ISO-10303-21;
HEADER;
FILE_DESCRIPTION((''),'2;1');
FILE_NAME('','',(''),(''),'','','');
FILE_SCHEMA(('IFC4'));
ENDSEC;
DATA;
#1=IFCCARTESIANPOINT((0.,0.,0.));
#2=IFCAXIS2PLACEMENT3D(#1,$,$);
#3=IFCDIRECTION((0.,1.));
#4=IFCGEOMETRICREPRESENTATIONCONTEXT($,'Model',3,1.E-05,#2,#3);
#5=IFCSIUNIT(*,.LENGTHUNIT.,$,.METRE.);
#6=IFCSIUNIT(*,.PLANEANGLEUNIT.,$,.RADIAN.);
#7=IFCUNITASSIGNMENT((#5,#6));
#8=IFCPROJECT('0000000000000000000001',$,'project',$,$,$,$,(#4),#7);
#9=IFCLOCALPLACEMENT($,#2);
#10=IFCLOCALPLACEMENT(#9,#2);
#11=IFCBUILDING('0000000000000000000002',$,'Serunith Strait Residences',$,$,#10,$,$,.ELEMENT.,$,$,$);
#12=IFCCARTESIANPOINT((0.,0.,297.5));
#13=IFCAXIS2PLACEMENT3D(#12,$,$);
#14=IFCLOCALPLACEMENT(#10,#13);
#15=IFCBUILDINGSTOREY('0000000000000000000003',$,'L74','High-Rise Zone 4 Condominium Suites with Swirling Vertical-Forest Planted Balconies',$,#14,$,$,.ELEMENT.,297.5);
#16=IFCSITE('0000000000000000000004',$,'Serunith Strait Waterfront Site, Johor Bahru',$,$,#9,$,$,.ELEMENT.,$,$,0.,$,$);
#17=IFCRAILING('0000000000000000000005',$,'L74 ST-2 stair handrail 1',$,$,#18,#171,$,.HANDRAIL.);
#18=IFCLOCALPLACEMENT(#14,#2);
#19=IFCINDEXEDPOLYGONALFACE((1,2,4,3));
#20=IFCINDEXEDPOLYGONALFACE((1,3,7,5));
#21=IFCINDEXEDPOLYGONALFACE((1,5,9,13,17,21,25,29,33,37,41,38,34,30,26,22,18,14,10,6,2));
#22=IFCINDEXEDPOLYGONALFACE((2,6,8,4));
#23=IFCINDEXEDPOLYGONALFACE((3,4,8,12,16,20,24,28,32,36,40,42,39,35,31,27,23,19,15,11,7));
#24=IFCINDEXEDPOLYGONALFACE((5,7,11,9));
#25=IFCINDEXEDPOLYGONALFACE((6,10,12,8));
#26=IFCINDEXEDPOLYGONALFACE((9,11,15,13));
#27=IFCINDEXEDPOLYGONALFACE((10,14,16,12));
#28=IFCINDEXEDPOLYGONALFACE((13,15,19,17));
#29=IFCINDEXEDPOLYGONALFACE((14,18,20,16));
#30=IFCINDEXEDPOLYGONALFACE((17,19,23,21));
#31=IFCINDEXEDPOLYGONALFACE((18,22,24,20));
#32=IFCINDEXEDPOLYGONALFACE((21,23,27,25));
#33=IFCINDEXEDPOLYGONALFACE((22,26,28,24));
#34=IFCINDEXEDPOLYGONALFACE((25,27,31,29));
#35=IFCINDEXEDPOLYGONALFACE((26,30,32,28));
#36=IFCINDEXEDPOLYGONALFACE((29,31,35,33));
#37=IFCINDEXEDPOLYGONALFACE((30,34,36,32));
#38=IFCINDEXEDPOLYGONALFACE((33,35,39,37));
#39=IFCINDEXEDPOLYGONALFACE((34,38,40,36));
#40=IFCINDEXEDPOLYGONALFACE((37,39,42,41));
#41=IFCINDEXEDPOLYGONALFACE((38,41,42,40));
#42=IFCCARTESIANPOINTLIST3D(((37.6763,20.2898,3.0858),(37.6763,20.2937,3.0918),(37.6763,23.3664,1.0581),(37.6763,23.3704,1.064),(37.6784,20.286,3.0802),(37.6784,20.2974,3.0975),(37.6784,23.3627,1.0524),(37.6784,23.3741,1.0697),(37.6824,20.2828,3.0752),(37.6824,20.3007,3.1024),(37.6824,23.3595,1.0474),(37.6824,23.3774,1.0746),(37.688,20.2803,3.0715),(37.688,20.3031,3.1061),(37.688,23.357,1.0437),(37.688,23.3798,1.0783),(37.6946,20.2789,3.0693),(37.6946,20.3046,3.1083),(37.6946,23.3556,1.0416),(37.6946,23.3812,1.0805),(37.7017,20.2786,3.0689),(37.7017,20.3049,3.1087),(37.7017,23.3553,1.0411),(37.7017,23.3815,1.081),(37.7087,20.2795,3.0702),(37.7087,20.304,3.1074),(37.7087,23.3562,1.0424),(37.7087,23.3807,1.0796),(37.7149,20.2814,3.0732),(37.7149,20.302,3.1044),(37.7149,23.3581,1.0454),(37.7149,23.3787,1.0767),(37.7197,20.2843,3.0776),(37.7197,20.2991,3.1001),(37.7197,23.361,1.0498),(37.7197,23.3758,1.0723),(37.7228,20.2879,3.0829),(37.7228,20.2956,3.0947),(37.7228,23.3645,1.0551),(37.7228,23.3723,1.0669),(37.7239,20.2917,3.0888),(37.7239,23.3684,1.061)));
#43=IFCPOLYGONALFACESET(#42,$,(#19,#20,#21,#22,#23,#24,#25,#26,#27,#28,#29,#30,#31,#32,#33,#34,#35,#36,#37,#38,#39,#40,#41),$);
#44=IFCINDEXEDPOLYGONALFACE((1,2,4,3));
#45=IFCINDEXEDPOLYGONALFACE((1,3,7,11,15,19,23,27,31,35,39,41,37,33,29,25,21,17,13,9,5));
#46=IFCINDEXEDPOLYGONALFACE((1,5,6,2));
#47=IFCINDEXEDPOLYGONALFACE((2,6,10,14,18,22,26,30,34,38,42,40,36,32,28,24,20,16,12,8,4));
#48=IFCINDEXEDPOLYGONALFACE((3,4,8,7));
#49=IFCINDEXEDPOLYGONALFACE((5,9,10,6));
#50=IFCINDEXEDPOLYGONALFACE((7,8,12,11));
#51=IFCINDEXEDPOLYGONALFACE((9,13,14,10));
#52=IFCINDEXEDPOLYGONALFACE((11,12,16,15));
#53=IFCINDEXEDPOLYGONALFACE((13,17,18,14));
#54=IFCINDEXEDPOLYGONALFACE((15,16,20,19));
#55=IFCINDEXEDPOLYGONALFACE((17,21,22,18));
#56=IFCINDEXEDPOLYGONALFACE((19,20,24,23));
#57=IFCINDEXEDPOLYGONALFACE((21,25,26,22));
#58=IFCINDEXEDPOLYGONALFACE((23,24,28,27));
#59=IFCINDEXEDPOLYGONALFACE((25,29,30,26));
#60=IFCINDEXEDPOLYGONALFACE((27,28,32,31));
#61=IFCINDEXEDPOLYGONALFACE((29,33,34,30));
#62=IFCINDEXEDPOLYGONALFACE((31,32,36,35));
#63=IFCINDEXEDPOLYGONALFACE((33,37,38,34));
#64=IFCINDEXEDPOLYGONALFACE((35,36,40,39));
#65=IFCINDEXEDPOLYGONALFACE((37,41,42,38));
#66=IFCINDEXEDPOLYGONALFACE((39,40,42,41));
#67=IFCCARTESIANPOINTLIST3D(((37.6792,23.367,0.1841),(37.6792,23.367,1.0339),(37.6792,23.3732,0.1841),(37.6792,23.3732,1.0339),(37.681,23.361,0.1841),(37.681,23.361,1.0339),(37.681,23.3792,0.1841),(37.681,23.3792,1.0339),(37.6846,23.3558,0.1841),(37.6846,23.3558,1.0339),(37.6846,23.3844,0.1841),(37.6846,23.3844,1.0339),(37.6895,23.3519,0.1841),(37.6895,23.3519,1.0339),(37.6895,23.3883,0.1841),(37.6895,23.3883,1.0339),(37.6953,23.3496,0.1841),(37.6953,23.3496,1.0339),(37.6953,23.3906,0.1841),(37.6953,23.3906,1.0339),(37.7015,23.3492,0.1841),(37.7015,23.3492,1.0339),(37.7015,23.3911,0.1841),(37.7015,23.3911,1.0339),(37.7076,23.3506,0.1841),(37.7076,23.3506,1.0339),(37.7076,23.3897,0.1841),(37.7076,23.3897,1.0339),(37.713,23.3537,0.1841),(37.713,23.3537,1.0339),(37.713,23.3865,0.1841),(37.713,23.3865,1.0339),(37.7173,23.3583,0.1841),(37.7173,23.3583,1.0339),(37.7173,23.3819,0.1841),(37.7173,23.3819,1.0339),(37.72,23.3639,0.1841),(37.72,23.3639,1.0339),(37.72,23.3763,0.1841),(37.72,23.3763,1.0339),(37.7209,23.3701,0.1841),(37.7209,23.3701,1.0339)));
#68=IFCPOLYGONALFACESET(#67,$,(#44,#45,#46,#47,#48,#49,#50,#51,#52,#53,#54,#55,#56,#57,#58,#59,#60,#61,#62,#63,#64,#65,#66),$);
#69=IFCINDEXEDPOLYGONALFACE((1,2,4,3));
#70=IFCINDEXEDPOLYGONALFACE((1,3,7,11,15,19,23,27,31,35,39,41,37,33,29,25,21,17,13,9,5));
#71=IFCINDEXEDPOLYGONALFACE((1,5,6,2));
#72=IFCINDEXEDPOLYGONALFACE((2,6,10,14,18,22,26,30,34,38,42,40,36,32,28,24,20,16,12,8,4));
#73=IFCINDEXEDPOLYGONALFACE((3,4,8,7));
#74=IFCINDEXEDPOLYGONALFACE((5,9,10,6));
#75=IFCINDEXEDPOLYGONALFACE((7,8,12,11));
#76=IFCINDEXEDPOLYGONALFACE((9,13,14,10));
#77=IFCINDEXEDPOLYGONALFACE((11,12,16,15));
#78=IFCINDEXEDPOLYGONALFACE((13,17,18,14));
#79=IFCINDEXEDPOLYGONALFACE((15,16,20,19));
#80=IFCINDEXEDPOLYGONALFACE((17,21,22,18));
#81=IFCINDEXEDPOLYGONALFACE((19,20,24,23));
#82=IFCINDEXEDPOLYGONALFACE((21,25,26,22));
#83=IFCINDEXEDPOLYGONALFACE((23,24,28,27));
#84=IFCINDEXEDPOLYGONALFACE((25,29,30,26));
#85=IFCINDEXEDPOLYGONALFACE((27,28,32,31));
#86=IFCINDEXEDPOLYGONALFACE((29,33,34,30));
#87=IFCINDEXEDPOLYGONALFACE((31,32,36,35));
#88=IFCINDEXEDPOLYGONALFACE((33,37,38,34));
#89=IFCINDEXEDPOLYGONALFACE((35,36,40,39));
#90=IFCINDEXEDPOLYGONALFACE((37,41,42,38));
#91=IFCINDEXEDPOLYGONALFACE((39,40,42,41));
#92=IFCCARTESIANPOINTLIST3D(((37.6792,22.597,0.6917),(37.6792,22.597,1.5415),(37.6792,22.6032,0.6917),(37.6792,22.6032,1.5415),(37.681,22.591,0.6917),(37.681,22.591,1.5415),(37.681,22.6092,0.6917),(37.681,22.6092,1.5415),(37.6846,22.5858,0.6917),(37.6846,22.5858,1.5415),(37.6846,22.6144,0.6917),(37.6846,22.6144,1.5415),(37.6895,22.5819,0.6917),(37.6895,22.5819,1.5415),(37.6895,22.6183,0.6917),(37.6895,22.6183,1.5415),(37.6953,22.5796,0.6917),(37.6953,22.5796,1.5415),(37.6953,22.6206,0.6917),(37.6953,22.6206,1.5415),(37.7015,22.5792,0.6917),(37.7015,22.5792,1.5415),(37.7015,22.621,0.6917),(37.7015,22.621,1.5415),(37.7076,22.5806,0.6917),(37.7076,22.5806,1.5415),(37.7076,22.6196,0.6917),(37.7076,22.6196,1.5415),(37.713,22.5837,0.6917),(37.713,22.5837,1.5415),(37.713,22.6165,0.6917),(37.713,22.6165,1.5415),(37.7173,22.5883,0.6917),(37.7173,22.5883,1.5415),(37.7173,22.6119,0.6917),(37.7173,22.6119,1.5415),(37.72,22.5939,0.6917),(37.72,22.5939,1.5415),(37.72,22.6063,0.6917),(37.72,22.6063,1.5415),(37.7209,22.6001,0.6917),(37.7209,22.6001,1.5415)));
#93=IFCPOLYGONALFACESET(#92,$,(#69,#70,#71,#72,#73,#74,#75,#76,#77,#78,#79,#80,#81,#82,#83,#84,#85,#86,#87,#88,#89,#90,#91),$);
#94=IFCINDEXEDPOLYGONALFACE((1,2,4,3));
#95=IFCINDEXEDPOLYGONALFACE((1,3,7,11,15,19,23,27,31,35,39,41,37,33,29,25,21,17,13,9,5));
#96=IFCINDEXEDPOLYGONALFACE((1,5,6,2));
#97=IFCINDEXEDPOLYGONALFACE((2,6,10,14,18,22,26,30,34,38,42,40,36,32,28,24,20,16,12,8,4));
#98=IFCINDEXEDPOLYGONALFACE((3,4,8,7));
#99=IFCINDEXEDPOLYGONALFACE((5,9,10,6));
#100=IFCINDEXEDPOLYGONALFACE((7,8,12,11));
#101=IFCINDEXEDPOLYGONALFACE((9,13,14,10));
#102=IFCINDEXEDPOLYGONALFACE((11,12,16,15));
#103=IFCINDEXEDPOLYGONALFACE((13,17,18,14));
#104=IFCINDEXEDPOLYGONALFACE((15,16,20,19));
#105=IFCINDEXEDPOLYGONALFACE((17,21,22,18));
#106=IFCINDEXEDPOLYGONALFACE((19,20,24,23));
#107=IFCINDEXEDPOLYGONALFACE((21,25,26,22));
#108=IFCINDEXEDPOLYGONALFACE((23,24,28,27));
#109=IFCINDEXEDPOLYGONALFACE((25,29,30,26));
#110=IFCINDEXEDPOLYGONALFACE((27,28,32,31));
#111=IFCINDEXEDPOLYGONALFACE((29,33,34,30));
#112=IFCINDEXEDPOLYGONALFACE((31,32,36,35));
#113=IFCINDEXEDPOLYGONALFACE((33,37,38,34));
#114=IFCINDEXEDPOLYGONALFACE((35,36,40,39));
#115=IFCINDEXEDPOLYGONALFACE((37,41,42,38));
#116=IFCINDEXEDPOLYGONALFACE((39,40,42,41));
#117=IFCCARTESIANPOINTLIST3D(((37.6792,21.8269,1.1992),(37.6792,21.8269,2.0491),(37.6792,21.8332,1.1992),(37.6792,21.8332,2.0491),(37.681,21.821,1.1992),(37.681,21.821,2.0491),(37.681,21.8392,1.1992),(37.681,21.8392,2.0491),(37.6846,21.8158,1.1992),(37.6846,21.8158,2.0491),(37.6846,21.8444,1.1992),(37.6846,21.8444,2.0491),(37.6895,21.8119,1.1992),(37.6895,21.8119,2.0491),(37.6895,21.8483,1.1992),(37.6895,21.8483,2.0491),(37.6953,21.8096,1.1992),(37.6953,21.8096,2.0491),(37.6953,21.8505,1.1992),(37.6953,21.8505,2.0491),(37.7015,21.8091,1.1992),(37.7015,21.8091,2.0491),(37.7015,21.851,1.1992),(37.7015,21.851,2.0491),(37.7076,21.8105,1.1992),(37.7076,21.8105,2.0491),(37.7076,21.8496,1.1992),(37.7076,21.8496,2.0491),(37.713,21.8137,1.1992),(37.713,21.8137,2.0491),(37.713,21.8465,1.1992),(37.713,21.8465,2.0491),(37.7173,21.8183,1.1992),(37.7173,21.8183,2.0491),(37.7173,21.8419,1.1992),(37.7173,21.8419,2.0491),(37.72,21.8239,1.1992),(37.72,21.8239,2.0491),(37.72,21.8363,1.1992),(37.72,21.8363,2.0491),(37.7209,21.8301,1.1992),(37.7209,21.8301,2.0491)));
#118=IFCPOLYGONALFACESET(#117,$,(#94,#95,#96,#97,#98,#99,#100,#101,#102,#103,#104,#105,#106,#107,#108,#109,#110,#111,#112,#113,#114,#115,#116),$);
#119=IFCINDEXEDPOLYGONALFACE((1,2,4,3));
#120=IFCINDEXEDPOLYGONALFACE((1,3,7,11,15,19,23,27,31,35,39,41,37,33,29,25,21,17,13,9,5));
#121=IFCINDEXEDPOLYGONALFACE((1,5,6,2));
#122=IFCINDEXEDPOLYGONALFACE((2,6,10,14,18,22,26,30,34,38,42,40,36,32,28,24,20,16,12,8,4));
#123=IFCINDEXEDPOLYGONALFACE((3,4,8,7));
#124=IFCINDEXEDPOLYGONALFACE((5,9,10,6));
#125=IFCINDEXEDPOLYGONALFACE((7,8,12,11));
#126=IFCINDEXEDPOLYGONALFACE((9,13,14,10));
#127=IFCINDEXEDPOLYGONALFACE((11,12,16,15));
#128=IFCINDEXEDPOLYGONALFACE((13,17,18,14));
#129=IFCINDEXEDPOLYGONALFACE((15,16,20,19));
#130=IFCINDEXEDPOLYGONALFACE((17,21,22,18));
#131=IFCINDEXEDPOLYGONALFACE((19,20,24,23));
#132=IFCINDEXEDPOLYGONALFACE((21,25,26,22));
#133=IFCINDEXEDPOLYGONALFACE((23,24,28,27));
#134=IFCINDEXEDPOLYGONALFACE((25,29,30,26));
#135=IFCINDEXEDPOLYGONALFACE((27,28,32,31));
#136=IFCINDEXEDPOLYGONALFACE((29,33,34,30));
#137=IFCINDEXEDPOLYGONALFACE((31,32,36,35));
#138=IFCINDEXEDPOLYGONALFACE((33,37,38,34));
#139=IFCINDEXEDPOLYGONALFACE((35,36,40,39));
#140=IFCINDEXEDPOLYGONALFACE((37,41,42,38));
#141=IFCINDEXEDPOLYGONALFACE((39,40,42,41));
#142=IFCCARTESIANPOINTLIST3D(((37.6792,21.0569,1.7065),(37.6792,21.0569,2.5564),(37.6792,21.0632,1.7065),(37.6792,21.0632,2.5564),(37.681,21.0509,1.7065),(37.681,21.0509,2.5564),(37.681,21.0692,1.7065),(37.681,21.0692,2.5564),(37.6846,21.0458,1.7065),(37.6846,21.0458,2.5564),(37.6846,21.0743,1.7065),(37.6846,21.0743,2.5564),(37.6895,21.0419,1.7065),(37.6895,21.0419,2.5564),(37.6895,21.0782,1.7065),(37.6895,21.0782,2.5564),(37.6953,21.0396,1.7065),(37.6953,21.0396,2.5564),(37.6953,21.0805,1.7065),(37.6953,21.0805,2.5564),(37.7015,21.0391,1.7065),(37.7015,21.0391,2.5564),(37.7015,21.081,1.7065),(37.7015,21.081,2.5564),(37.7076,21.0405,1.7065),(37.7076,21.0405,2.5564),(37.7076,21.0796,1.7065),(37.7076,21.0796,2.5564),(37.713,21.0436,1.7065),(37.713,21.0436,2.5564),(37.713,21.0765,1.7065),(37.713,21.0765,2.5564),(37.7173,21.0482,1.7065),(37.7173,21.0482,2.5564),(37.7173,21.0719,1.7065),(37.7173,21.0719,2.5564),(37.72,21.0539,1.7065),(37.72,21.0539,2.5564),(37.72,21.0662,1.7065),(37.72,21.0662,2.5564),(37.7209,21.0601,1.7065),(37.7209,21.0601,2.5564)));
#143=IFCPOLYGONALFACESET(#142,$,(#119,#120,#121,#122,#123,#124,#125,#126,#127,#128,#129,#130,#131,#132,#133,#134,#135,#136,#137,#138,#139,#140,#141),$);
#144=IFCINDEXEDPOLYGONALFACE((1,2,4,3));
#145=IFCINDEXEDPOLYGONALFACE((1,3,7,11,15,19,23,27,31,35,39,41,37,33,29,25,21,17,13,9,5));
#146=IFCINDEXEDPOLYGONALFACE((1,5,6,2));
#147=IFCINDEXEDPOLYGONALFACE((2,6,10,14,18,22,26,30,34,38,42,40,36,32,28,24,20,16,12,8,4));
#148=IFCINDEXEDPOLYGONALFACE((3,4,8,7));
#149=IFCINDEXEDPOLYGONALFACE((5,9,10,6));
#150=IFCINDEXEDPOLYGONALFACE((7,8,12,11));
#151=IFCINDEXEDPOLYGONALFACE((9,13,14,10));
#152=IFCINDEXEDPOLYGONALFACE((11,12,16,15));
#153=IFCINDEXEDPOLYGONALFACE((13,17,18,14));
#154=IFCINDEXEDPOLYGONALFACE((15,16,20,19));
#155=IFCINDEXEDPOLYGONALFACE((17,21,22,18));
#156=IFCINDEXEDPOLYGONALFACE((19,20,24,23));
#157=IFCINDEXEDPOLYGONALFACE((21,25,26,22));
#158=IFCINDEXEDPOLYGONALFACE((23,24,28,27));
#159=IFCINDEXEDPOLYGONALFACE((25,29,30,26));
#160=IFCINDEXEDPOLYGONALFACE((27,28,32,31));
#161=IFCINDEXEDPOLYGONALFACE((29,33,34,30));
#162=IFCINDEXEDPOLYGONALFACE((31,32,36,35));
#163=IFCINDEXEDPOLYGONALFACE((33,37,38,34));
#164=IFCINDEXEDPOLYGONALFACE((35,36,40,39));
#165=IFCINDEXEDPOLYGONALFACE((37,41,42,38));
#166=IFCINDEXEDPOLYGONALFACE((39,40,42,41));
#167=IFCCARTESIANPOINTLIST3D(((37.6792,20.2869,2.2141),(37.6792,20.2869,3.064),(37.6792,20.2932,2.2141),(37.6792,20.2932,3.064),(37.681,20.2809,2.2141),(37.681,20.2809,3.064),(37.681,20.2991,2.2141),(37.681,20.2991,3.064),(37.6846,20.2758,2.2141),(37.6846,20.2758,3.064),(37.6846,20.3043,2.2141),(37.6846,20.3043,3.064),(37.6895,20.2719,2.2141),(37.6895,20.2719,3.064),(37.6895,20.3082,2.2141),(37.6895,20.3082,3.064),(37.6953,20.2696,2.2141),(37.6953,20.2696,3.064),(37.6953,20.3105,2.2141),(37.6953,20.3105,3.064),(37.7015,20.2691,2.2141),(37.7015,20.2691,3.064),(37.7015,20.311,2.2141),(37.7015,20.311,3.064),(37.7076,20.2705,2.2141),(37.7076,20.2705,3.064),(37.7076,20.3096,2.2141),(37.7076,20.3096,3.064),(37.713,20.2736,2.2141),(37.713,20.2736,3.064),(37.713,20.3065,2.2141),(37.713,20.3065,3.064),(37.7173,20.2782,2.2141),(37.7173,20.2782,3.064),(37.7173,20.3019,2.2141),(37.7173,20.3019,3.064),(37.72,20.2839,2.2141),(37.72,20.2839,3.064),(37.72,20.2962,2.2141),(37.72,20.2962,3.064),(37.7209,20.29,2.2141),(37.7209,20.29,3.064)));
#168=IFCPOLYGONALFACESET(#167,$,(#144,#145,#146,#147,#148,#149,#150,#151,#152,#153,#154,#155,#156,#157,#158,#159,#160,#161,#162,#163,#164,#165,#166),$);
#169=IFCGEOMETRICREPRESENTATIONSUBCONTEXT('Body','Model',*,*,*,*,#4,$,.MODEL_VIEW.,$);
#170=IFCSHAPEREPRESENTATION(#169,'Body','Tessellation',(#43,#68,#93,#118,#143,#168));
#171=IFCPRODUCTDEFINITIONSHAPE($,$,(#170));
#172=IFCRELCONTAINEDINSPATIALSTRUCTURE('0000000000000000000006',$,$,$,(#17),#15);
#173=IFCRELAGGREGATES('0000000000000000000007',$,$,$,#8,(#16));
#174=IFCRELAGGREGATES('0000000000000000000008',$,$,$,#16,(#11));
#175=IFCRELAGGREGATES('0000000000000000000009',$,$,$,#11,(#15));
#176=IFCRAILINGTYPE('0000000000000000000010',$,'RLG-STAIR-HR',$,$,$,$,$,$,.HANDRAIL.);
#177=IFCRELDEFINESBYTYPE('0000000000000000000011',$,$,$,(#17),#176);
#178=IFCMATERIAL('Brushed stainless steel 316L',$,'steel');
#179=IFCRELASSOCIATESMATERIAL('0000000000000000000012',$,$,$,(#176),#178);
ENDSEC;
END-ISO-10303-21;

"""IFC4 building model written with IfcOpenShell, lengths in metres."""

from ifc_helpers import new_model, si_unit, direction, frame, origin, origin_2d, place, context, subcontext, project, spatial, circle, extrude, material, type_object, element, save


model = new_model("IFC4")

# Units and contexts
model_context = context("Model", 3, precision=1e-05, world=origin(), true_north=direction((0.0, 1.0)))
body_context = subcontext(model_context, "Body", "Model", "MODEL_VIEW")
ifc_project = project(units=[si_unit("LENGTHUNIT", "METRE"), si_unit("PLANEANGLEUNIT", "RADIAN")], contexts=[model_context])

# Site, building, storey
site_placement = place(None, origin())
site = spatial("IfcSite", under=ifc_project, at=site_placement, Name="Serunith Strait Waterfront Site, Johor Bahru", CompositionType="ELEMENT", RefElevation=0.0)
building_placement = place(site_placement, origin())
building = spatial("IfcBuilding", under=site, at=building_placement, Name="Serunith Strait Residences", CompositionType="ELEMENT")
storey_placement = place(building_placement, frame((0.0, 0.0, 297.5)))
storey = spatial("IfcBuildingStorey", under=building, at=storey_placement, Name="L74", Description="High-Rise Zone 4 Condominium Suites with Swirling Vertical-Forest Planted Balconies", CompositionType="ELEMENT", Elevation=297.5)

# Railing
ifc_material_1 = material(Name="Brushed stainless steel 316L", Category="steel")
railing_type_1 = type_object("IfcRailingType", Name="RLG-STAIR-HR", PredefinedType="HANDRAIL", material=ifc_material_1)
railing_1_placement = place(storey_placement, frame((37.7, 23.3701, 0.1841)))
element("IfcRailing", 1, at=railing_1_placement, inside=storey, type_object=railing_type_1, Name="L74 ST-2 stair handrail 1", PredefinedType="HANDRAIL", context=body_context, shape_type="SweptSolid", body=[
    extrude(circle(Radius=0.0239, at=origin_2d()), frame((0.0, -0.0017, 0.877), z_axis=(0.0, -0.834961, 0.550309), x_axis=(1.0, 0.0, 0.0)), (0.0, 0.0, 1.0), 3.6848),
    extrude(circle(Radius=0.021, at=origin_2d()), origin(), (0.0, 0.0, 1.0), 0.8499),
    extrude(circle(Radius=0.021, at=origin_2d()), frame((0.0, -0.77, 0.5076)), (0.0, 0.0, 1.0), 0.8499),
    extrude(circle(Radius=0.021, at=origin_2d()), frame((0.0, -1.54, 1.0151)), (0.0, 0.0, 1.0), 0.8499),
    extrude(circle(Radius=0.021, at=origin_2d()), frame((0.0, -2.3101, 1.5225)), (0.0, 0.0, 1.0), 0.8499),
    extrude(circle(Radius=0.021, at=origin_2d()), frame((0.0, -3.0801, 2.03)), (0.0, 0.0, 1.0), 0.8499),
])

save(model, "model.ifc")
